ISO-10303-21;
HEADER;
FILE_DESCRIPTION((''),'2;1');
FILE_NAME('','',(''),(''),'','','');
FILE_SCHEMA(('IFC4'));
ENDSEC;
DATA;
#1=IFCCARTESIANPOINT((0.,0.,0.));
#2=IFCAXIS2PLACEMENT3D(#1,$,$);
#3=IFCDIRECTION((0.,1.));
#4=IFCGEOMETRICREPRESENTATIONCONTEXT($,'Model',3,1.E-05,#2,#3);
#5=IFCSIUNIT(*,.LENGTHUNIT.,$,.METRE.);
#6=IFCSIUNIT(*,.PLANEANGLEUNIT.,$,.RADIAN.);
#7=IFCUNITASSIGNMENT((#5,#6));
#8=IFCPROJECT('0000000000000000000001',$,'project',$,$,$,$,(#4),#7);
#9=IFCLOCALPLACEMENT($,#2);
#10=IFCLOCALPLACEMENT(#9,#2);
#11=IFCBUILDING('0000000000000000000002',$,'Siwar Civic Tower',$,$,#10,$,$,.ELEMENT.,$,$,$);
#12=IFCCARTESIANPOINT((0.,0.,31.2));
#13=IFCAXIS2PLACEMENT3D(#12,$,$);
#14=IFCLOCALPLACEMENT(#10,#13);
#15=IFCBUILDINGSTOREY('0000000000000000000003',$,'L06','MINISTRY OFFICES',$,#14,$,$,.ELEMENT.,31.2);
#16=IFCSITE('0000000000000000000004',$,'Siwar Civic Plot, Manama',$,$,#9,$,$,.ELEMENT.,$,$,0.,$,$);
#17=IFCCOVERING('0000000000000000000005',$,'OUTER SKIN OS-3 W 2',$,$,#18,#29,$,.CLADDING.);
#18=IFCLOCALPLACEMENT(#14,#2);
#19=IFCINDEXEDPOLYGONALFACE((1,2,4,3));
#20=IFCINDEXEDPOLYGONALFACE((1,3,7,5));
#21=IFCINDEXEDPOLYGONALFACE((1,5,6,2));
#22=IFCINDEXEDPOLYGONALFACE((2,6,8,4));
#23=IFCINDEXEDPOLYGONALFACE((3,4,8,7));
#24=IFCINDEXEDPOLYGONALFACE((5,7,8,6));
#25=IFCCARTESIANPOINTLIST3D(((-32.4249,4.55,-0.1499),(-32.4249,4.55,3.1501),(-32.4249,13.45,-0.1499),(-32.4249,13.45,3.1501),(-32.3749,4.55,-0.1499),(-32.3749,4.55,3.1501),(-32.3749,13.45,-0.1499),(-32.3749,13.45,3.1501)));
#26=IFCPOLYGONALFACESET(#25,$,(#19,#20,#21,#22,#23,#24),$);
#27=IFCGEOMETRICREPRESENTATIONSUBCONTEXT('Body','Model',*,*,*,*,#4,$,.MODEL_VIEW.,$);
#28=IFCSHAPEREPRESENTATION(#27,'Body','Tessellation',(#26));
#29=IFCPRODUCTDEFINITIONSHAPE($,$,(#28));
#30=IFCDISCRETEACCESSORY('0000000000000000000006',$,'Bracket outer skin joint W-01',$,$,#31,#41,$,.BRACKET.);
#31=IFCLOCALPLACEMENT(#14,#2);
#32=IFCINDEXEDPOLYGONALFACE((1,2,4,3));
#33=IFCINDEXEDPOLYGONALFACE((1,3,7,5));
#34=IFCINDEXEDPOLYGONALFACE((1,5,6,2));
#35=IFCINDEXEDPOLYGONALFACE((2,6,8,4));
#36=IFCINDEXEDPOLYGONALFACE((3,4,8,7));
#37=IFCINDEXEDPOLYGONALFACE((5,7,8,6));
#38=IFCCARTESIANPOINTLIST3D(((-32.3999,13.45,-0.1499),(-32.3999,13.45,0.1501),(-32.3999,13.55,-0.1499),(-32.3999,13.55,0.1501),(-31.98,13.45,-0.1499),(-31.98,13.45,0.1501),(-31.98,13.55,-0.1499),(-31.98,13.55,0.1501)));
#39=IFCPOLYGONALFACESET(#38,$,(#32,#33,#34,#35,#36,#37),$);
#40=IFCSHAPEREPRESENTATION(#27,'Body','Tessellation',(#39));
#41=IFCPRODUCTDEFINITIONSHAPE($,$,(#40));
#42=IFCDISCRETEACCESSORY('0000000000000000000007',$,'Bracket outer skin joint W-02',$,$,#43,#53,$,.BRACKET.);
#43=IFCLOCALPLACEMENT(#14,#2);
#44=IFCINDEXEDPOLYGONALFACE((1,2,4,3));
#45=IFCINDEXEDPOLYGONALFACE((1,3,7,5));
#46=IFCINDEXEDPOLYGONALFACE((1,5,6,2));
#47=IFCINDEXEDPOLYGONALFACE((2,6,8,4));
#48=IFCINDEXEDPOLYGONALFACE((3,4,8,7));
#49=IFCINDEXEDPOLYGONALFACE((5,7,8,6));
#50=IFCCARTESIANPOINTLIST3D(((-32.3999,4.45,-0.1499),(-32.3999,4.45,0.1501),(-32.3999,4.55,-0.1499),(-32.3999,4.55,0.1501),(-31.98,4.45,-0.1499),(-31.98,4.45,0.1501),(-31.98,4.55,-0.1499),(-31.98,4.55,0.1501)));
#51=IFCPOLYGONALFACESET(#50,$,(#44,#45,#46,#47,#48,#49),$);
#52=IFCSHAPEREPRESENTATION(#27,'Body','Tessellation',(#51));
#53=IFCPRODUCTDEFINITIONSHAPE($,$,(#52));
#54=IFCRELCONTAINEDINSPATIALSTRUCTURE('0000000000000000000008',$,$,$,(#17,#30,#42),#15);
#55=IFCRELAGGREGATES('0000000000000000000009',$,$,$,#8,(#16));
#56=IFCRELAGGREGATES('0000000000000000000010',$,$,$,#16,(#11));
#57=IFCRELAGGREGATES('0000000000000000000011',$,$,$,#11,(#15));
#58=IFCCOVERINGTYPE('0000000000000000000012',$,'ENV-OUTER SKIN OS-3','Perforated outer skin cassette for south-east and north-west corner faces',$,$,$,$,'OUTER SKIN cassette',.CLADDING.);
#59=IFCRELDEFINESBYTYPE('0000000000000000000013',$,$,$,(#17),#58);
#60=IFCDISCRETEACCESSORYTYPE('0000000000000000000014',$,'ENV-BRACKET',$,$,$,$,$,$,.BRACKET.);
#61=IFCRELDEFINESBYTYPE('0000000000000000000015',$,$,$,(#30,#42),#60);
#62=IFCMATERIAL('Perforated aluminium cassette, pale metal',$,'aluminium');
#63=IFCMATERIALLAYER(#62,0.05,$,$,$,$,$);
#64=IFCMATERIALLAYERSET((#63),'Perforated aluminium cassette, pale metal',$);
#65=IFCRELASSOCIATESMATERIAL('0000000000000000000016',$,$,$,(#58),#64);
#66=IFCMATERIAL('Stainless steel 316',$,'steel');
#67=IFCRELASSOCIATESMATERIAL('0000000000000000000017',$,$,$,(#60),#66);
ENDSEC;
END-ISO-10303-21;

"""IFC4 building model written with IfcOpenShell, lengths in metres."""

from ifc_helpers import new_model, si_unit, direction, frame, origin, origin_2d, place, context, subcontext, project, spatial, rectangle, extrude, material, layer, layer_set, type_object, element, save


model = new_model("IFC4")

# Units and contexts
model_context = context("Model", 3, precision=1e-05, world=origin(), true_north=direction((0.0, 1.0)))
body_context = subcontext(model_context, "Body", "Model", "MODEL_VIEW")
ifc_project = project(units=[si_unit("LENGTHUNIT", "METRE"), si_unit("PLANEANGLEUNIT", "RADIAN")], contexts=[model_context])

# Site, building, storey
site_placement = place(None, origin())
site = spatial("IfcSite", under=ifc_project, at=site_placement, Name="Siwar Civic Plot, Manama", CompositionType="ELEMENT", RefElevation=0.0)
building_placement = place(site_placement, origin())
building = spatial("IfcBuilding", under=site, at=building_placement, Name="Siwar Civic Tower", CompositionType="ELEMENT")
storey_placement = place(building_placement, frame((0.0, 0.0, 31.2)))
storey = spatial("IfcBuildingStorey", under=building, at=storey_placement, Name="L06", Description="MINISTRY OFFICES", CompositionType="ELEMENT", Elevation=31.2)

# Covering
ifc_material_1 = material(Name="Perforated aluminium cassette, pale metal", Category="aluminium")
ifc_layer_1 = layer(ifc_material_1, 0.05)
ifc_layer_set_1 = layer_set([ifc_layer_1], Name="Perforated aluminium cassette, pale metal")
covering_type = type_object("IfcCoveringType", Name="ENV-OUTER SKIN OS-3", Description="Perforated outer skin cassette for south-east and north-west corner faces", ElementType="OUTER SKIN cassette", PredefinedType="CLADDING", material=ifc_layer_set_1)
covering_1_placement = place(storey_placement, frame((-32.3999, 9.0, -0.1499), z_axis=(0.0, 0.0, 1.0), x_axis=(0.0, -1.0, 0.0)))
element("IfcCovering", 1, at=covering_1_placement, inside=storey, type_object=covering_type, Name="OUTER SKIN OS-3 W 2", PredefinedType="CLADDING", context=body_context, shape_type="SweptSolid", body=[
    extrude(rectangle(XDim=8.8999, YDim=0.05, at=origin_2d()), origin(), (0.0, 0.0, 1.0), 3.3),
])

# Discrete accessories
ifc_material_2 = material(Name="Stainless steel 316", Category="steel")
discrete_accessory_type = type_object("IfcDiscreteAccessoryType", Name="ENV-BRACKET", PredefinedType="BRACKET", material=ifc_material_2)
for number, where, z_axis, x_axis, name in (
    (2, (-32.1899, 13.5, -0.1499), (0.0, 0.0, 1.0), (-1.0, 0.0, 0.0), "Bracket outer skin joint W-01"),
    (3, (-32.1899, 4.5, -0.1499), (0.0, 0.0, 1.0), (-1.0, 0.0, 0.0), "Bracket outer skin joint W-02"),
):
    element("IfcDiscreteAccessory", number, at=place(storey_placement, frame(where, z_axis=z_axis, x_axis=x_axis)), inside=storey, type_object=discrete_accessory_type, Name=name, PredefinedType="BRACKET", context=body_context, shape_type="SweptSolid", body=[
        extrude(rectangle(XDim=0.4199, YDim=0.1001, at=origin_2d()), origin(), (0.0, 0.0, 1.0), 0.3),
    ])

save(model, "model.ifc")
